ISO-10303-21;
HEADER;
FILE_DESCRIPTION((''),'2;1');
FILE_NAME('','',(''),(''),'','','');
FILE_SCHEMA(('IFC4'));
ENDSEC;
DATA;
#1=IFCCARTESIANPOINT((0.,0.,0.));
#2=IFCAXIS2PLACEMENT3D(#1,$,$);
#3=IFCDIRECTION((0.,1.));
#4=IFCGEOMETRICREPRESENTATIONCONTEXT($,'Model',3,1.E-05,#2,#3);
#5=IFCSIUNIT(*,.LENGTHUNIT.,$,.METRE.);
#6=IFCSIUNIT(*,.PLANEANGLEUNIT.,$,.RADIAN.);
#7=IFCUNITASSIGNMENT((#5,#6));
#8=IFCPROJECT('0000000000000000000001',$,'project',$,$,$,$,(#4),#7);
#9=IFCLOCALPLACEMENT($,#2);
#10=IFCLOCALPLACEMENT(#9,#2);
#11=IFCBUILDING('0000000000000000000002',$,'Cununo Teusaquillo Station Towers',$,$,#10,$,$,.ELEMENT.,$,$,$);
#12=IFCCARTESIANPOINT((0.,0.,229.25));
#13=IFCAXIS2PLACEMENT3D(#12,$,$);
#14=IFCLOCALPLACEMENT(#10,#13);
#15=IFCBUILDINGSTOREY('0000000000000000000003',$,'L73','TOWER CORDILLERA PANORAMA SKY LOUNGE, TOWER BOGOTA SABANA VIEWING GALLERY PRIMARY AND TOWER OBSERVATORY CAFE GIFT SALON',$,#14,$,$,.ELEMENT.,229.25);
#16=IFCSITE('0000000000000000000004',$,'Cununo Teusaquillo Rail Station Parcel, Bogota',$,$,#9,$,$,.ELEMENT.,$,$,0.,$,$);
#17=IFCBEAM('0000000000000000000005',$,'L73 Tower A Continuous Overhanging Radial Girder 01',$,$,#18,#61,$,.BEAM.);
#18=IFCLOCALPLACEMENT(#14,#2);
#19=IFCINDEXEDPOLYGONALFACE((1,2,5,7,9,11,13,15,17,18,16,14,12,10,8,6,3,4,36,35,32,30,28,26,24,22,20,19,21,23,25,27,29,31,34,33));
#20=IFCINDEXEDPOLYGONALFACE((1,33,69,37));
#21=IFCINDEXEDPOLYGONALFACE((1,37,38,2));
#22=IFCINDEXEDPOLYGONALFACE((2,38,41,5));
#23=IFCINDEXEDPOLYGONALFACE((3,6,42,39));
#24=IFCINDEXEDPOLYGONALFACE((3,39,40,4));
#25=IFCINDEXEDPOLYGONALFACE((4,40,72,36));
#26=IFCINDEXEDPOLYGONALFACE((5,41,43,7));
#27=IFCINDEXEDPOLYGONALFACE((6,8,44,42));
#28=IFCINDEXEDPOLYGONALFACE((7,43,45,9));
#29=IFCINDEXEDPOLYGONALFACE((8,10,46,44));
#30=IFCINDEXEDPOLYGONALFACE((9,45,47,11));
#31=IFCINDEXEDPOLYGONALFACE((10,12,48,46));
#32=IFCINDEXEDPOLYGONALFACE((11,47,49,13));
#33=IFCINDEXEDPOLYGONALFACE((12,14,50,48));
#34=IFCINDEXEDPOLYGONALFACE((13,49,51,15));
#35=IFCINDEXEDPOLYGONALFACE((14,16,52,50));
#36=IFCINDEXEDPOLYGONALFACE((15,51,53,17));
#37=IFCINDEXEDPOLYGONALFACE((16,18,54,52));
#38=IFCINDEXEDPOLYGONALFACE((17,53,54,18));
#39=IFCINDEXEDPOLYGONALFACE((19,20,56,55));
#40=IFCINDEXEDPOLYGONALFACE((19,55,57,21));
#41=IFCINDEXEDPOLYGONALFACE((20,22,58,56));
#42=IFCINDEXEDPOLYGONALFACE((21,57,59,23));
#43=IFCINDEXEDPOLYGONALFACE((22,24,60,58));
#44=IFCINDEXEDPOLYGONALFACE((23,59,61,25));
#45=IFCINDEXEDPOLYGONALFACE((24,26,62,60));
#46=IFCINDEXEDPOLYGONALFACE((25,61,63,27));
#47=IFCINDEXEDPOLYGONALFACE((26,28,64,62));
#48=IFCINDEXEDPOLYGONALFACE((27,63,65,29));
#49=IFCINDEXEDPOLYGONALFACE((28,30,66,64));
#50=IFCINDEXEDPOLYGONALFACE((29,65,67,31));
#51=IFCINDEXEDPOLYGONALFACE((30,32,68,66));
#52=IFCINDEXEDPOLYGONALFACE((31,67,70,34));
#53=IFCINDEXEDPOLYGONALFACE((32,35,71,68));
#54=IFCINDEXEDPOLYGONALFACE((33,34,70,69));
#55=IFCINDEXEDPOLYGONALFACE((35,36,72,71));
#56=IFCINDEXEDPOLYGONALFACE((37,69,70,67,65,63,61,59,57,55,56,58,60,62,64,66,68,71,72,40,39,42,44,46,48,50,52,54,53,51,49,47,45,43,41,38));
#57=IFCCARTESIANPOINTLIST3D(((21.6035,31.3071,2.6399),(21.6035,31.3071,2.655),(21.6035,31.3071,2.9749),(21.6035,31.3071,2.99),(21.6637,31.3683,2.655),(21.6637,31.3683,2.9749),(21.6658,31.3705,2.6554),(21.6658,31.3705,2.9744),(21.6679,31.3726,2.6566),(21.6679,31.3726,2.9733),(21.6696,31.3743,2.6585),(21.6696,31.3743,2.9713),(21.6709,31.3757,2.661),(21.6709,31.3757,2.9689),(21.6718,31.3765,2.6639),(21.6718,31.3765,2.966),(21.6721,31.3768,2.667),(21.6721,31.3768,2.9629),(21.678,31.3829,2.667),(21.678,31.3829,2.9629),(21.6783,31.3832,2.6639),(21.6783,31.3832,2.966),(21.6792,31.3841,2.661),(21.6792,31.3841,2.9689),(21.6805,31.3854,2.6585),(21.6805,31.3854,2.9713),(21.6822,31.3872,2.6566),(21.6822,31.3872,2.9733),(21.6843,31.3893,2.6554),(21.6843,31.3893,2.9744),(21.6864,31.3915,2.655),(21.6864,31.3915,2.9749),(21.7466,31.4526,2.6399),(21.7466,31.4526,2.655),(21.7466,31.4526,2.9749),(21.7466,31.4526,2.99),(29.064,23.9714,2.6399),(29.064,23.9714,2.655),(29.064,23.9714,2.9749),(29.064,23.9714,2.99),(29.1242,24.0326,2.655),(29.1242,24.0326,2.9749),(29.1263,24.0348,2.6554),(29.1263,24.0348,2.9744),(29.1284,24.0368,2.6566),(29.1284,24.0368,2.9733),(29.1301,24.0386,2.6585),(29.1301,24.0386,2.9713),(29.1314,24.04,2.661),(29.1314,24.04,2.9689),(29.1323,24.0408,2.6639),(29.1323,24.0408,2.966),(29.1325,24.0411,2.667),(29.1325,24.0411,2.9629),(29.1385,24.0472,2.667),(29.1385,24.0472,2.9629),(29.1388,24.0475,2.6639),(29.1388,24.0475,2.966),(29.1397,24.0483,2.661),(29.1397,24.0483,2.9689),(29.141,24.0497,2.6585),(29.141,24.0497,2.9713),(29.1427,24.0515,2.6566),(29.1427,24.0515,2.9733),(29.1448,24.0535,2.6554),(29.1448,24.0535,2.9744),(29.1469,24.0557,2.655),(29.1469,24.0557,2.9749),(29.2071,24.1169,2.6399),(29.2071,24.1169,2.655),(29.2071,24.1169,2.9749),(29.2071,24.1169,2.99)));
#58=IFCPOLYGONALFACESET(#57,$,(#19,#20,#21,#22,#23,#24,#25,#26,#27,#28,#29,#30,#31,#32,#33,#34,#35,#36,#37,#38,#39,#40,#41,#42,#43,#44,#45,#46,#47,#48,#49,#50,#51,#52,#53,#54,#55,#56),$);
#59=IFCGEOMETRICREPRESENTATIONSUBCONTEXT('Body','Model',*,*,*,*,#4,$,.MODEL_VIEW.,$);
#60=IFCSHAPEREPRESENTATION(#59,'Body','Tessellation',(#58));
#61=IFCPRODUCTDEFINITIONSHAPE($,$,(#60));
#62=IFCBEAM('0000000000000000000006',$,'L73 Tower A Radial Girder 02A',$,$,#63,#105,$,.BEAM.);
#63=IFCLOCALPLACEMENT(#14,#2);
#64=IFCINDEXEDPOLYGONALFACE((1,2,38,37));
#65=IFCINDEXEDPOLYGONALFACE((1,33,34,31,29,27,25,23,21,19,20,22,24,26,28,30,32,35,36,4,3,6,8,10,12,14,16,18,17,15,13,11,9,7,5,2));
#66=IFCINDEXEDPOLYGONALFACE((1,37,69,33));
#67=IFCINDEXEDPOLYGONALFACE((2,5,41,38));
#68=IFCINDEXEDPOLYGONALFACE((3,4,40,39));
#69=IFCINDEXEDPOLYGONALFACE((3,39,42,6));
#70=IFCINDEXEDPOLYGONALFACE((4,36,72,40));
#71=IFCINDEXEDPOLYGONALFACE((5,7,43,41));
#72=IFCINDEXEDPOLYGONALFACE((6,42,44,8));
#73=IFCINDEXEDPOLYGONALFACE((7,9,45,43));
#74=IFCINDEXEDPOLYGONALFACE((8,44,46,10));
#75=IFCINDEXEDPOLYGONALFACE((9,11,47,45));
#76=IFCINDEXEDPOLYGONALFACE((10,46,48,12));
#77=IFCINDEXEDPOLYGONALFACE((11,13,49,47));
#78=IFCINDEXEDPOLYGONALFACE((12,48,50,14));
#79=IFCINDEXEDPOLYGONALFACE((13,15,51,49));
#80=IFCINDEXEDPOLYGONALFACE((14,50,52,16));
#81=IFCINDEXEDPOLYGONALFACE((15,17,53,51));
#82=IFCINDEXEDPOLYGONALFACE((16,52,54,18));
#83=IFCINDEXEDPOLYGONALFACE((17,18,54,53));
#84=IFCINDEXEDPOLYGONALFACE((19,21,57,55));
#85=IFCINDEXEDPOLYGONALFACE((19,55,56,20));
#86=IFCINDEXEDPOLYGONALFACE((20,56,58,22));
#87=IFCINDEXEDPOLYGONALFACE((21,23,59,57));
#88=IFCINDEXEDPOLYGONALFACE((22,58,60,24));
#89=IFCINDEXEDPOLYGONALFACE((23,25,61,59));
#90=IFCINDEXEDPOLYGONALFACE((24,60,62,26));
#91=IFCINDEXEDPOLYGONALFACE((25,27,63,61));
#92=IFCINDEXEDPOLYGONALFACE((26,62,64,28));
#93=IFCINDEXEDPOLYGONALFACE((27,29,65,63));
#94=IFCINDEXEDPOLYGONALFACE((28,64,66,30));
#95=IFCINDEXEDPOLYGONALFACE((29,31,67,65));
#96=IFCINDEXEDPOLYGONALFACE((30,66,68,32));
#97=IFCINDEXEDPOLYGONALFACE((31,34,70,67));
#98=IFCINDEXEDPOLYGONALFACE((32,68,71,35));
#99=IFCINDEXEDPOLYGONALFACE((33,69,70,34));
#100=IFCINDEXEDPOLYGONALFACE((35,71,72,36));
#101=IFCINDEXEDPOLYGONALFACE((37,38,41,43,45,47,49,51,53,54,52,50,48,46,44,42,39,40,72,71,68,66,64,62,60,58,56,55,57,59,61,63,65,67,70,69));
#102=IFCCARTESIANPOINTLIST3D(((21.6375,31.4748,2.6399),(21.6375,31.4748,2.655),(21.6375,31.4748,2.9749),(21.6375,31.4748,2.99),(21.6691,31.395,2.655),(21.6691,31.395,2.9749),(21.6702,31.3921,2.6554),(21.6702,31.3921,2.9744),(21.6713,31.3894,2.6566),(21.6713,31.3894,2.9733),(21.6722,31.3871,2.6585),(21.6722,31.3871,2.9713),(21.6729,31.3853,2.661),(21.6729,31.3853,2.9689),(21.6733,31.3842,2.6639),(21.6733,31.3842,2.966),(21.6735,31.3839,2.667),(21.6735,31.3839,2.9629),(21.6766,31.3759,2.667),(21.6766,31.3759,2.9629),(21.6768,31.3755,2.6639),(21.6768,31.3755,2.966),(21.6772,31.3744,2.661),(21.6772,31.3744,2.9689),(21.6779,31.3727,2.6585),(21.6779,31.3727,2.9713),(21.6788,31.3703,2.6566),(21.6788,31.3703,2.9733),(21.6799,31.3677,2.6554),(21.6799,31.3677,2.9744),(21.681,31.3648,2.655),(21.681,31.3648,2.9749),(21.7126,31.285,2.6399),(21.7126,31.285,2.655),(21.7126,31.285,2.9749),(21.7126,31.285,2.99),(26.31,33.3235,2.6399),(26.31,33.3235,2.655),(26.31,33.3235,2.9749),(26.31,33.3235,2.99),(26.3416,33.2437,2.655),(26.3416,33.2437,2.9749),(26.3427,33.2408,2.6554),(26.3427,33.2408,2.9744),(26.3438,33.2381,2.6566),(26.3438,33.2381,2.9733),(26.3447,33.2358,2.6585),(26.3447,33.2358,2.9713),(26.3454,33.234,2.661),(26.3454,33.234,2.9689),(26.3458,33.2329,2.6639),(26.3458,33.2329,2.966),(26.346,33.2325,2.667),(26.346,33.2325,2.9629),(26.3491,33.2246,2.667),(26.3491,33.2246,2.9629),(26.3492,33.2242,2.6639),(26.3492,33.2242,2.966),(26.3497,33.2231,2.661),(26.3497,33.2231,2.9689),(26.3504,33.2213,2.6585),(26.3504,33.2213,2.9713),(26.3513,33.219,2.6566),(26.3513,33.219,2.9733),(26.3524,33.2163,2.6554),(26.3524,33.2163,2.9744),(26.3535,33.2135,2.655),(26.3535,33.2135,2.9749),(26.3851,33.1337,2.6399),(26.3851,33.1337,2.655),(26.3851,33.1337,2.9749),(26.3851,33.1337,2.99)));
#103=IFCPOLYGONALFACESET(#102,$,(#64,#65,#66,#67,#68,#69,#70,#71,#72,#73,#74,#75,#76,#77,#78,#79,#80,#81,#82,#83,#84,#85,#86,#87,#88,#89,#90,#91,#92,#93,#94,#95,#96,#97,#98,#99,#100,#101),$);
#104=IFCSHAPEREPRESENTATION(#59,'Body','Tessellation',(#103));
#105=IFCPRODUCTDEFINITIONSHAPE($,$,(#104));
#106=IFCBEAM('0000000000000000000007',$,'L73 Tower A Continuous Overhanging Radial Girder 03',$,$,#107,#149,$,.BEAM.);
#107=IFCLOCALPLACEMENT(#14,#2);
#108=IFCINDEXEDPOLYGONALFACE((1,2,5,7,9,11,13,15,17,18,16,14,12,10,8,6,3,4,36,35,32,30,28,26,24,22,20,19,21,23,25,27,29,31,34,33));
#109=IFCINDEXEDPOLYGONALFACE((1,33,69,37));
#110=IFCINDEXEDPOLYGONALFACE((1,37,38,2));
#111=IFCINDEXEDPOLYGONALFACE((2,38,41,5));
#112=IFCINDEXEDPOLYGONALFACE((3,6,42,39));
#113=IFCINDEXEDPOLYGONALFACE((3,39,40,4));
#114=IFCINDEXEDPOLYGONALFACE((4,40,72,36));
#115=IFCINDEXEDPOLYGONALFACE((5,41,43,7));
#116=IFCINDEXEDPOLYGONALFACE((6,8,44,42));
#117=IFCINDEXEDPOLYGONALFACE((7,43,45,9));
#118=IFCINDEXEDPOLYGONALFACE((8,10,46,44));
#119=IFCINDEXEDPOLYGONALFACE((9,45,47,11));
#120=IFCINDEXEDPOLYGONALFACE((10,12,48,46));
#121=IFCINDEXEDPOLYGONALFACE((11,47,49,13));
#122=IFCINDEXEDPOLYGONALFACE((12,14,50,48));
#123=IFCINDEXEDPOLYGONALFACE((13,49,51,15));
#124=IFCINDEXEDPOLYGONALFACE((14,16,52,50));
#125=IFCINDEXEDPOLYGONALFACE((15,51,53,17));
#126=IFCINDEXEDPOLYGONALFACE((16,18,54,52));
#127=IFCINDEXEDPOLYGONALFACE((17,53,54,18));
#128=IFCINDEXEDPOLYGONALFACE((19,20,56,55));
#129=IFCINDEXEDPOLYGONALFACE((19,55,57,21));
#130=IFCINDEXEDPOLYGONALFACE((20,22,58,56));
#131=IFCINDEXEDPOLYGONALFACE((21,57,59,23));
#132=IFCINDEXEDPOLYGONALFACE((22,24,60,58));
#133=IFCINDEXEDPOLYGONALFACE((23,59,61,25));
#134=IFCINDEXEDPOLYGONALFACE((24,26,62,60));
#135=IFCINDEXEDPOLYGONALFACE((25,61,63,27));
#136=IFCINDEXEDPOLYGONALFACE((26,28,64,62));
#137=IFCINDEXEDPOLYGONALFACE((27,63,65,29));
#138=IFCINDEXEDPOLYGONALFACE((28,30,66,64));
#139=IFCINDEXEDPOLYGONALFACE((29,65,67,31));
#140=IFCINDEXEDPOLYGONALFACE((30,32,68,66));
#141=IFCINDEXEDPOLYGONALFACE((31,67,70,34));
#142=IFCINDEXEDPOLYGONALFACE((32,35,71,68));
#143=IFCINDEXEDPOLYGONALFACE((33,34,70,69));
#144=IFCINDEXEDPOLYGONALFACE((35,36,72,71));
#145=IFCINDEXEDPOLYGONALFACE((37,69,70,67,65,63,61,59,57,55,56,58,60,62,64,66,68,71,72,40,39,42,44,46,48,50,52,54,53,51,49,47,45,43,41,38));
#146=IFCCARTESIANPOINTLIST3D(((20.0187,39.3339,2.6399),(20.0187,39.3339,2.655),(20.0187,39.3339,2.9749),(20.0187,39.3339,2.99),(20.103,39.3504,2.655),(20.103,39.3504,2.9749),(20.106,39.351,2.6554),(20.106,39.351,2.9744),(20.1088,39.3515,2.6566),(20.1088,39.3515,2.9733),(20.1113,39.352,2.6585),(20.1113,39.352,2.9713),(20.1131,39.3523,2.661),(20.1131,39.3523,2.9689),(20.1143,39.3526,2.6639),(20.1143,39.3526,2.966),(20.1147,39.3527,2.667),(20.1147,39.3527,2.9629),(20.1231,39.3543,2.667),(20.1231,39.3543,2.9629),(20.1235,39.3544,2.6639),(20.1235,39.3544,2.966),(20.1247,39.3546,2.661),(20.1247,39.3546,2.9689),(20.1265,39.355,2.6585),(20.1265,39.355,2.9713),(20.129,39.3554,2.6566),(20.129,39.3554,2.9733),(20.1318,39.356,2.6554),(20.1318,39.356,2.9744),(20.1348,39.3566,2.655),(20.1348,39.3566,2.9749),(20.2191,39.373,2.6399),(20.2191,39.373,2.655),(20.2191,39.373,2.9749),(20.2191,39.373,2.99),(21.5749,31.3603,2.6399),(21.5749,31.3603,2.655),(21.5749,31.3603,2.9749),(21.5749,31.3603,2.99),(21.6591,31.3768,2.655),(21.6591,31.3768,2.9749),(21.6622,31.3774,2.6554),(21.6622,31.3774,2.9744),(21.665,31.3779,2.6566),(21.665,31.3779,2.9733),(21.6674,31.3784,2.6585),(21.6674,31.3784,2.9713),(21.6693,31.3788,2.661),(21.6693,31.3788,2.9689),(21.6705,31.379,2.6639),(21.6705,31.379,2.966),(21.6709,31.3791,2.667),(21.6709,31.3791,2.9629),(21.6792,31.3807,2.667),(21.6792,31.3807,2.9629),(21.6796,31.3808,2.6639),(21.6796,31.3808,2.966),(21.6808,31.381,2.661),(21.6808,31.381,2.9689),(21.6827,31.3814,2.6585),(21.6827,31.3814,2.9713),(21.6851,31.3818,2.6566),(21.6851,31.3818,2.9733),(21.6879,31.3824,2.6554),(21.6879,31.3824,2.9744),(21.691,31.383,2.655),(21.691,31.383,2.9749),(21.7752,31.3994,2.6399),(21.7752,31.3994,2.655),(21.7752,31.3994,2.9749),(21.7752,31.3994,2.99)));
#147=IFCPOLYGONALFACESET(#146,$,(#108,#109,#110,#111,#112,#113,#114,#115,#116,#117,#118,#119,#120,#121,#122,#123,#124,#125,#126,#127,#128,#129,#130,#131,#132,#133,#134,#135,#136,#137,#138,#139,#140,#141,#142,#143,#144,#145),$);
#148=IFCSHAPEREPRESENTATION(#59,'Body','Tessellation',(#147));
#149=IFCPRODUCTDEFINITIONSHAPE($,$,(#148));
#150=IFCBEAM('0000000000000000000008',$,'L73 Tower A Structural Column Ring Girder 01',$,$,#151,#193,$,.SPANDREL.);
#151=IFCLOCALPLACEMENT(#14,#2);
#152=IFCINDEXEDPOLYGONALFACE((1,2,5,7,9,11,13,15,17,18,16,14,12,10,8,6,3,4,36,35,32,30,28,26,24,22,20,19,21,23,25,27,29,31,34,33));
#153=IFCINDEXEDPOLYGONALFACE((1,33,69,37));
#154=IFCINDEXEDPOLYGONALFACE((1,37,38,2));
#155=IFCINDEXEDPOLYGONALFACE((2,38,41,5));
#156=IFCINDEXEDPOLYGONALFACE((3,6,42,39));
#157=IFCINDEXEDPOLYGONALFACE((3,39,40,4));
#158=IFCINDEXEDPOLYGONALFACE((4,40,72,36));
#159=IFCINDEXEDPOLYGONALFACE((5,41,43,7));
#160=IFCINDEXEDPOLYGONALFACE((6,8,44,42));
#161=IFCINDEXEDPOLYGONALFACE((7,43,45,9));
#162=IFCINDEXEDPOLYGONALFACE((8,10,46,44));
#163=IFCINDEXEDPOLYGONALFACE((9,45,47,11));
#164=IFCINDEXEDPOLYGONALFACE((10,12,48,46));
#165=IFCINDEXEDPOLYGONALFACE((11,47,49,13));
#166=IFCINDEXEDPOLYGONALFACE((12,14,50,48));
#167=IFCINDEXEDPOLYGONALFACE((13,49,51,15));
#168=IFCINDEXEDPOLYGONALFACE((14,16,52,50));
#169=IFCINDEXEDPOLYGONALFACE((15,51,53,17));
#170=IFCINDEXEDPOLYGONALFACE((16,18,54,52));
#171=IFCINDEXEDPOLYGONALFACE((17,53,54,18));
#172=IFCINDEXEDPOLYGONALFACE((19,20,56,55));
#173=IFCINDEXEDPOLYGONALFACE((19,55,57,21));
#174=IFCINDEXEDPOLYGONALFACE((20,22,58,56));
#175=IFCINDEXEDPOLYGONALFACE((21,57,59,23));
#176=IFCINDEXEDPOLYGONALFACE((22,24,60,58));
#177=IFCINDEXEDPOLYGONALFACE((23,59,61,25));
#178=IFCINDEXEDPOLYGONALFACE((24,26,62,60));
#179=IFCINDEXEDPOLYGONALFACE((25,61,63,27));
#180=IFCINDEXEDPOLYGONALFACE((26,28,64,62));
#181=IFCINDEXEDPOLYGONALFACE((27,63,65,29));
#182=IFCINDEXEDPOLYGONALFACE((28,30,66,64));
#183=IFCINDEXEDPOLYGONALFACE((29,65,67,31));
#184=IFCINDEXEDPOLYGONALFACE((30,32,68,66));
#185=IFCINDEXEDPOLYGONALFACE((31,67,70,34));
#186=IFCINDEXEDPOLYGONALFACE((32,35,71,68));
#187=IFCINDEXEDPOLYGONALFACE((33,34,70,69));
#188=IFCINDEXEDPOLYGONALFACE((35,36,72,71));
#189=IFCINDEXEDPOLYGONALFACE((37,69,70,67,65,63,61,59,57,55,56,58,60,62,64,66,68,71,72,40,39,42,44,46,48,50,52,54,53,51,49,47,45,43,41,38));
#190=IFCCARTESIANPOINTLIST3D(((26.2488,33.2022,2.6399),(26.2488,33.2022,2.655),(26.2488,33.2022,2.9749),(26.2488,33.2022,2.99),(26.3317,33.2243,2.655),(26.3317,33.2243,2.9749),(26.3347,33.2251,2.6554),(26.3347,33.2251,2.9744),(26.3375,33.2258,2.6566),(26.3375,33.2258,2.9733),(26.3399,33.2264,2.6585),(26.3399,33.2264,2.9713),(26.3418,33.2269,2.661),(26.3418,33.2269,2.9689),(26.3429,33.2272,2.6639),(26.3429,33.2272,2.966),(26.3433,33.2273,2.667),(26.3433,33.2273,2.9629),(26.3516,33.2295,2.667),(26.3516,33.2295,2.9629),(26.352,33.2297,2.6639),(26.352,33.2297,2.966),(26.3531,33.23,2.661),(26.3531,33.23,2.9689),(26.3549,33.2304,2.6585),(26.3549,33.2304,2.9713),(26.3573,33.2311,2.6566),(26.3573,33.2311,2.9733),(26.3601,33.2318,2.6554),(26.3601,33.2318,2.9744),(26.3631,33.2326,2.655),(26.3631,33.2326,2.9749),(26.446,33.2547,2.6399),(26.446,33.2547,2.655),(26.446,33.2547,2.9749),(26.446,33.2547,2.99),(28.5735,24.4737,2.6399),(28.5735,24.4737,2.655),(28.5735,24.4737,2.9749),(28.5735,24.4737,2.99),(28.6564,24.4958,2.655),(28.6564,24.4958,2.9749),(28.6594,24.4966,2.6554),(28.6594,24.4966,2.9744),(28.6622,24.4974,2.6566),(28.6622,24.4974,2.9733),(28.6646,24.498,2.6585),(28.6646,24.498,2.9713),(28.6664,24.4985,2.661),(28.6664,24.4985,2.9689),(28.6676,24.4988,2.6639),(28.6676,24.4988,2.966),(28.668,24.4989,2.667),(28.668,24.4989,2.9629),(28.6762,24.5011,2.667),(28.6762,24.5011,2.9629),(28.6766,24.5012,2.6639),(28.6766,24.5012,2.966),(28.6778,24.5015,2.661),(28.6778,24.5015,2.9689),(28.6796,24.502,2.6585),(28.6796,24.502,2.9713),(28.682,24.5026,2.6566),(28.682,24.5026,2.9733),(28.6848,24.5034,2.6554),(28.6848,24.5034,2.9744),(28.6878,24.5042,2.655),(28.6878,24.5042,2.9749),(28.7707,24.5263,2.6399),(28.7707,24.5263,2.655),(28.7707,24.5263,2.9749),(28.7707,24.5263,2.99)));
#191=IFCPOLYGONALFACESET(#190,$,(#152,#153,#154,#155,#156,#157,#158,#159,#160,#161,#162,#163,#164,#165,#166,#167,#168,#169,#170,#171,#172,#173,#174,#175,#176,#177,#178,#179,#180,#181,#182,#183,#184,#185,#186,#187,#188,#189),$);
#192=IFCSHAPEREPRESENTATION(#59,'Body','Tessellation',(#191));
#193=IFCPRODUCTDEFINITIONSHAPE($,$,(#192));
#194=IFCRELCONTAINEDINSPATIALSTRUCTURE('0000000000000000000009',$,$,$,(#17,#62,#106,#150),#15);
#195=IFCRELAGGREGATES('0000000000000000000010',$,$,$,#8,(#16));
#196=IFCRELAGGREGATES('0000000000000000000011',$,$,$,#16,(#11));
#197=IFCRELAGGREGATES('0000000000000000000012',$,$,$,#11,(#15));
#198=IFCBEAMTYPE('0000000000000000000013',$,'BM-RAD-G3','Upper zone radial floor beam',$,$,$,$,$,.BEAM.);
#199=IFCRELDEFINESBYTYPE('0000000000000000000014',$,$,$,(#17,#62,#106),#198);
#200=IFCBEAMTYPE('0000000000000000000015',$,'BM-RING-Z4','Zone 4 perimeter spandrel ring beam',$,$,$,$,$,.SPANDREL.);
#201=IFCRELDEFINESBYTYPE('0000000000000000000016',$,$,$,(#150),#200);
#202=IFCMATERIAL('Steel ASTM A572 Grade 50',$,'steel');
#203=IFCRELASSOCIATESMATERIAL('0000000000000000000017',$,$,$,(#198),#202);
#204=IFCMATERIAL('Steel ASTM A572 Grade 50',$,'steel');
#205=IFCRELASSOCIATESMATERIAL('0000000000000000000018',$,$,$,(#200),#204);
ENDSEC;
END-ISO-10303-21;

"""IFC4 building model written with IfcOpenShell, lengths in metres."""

from ifc_helpers import new_model, si_unit, direction, frame, origin, origin_2d, place, context, subcontext, project, spatial, i_section, extrude, material, material_profile, profile_set, type_object, element, save


model = new_model("IFC4")

# Units and contexts
model_context = context("Model", 3, precision=1e-05, world=origin(), true_north=direction((0.0, 1.0)))
body_context = subcontext(model_context, "Body", "Model", "MODEL_VIEW")
ifc_project = project(units=[si_unit("LENGTHUNIT", "METRE"), si_unit("PLANEANGLEUNIT", "RADIAN")], contexts=[model_context])

# Site, building, storey
site_placement = place(None, origin())
site = spatial("IfcSite", under=ifc_project, at=site_placement, Name="Cununo Teusaquillo Rail Station Parcel, Bogota", CompositionType="ELEMENT", RefElevation=0.0)
building_placement = place(site_placement, origin())
building = spatial("IfcBuilding", under=site, at=building_placement, Name="Cununo Teusaquillo Station Towers", CompositionType="ELEMENT")
storey_placement = place(building_placement, frame((0.0, 0.0, 229.25)))
storey = spatial("IfcBuildingStorey", under=building, at=storey_placement, Name="L73", Description="TOWER CORDILLERA PANORAMA SKY LOUNGE, TOWER BOGOTA SABANA VIEWING GALLERY PRIMARY AND TOWER OBSERVATORY CAFE GIFT SALON", CompositionType="ELEMENT", Elevation=229.25)

# Beams
ifc_material_1 = material(Name="Steel ASTM A572 Grade 50", Category="steel")
ifc_material_profile_1 = material_profile(ifc_material_1, i_section(OverallWidth=0.2041, OverallDepth=0.3501, WebThickness=0.0085, FlangeThickness=0.0151, FilletRadius=0.012, at=origin_2d()), Name="W14X48")
ifc_profile_set_1 = profile_set([ifc_material_profile_1], Name="Steel ASTM A572 Grade 50")
beam_type_1 = type_object("IfcBeamType", Name="BM-RAD-G3", Description="Upper zone radial floor beam", PredefinedType="BEAM", material=ifc_profile_set_1)
beam_1_placement = place(storey_placement, frame((21.675, 31.3799, 2.8149), z_axis=(0.713044, -0.70112, 0.0), x_axis=(0.70112, 0.713044, 0.0)))
element("IfcBeam", 1, at=beam_1_placement, inside=storey, type_object=beam_type_1, Name="L73 Tower A Continuous Overhanging Radial Girder 01", PredefinedType="BEAM", context=body_context, shape_type="SweptSolid", body=[
    extrude(i_section(OverallWidth=0.2041, OverallDepth=0.3501, WebThickness=0.0085, FlangeThickness=0.0151, FilletRadius=0.012, at=origin_2d()), origin(), (0.0, 0.0, 1.0), 10.4629),
])
beam_2_placement = place(storey_placement, frame((21.675, 31.3799, 2.8149), z_axis=(0.929864, 0.367903, 0.0), x_axis=(-0.367903, 0.929864, 0.0)))
element("IfcBeam", 2, at=beam_2_placement, inside=storey, type_object=beam_type_1, Name="L73 Tower A Radial Girder 02A", PredefinedType="BEAM", context=body_context, shape_type="SweptSolid", body=[
    extrude(i_section(OverallWidth=0.2041, OverallDepth=0.3501, WebThickness=0.0085, FlangeThickness=0.0151, FilletRadius=0.012, at=origin_2d()), origin(), (0.0, 0.0, 1.0), 5.0249),
])
beam_3_placement = place(storey_placement, frame((21.675, 31.3799, 2.8149), z_axis=(-0.191548, 0.981483, 0.0), x_axis=(-0.981483, -0.191548, 0.0)))
element("IfcBeam", 3, at=beam_3_placement, inside=storey, type_object=beam_type_1, Name="L73 Tower A Continuous Overhanging Radial Girder 03", PredefinedType="BEAM", context=body_context, shape_type="SweptSolid", body=[
    extrude(i_section(OverallWidth=0.2041, OverallDepth=0.3501, WebThickness=0.0085, FlangeThickness=0.0151, FilletRadius=0.012, at=origin_2d()), origin(), (0.0, 0.0, 1.0), 8.124),
])
ifc_material_2 = material(Name="Steel ASTM A572 Grade 50", Category="steel")
ifc_material_profile_2 = material_profile(ifc_material_2, i_section(OverallWidth=0.2041, OverallDepth=0.3501, WebThickness=0.0085, FlangeThickness=0.0151, FilletRadius=0.012, at=origin_2d()), Name="W14X48")
ifc_profile_set_2 = profile_set([ifc_material_profile_2], Name="Steel ASTM A572 Grade 50")
beam_type_2 = type_object("IfcBeamType", Name="BM-RING-Z4", Description="Zone 4 perimeter spandrel ring beam", PredefinedType="SPANDREL", material=ifc_profile_set_2)
beam_4_placement = place(storey_placement, frame((28.6721, 24.5, 2.8149), z_axis=(-0.257363, 0.966315, 0.0), x_axis=(-0.966315, -0.257363, 0.0)))
element("IfcBeam", 4, at=beam_4_placement, inside=storey, type_object=beam_type_2, Name="L73 Tower A Structural Column Ring Girder 01", PredefinedType="SPANDREL", context=body_context, shape_type="SweptSolid", body=[
    extrude(i_section(OverallWidth=0.2041, OverallDepth=0.3501, WebThickness=0.0085, FlangeThickness=0.0151, FilletRadius=0.012, at=origin_2d()), origin(), (0.0, 0.0, 1.0), 9.0327),
])

save(model, "model.ifc")
